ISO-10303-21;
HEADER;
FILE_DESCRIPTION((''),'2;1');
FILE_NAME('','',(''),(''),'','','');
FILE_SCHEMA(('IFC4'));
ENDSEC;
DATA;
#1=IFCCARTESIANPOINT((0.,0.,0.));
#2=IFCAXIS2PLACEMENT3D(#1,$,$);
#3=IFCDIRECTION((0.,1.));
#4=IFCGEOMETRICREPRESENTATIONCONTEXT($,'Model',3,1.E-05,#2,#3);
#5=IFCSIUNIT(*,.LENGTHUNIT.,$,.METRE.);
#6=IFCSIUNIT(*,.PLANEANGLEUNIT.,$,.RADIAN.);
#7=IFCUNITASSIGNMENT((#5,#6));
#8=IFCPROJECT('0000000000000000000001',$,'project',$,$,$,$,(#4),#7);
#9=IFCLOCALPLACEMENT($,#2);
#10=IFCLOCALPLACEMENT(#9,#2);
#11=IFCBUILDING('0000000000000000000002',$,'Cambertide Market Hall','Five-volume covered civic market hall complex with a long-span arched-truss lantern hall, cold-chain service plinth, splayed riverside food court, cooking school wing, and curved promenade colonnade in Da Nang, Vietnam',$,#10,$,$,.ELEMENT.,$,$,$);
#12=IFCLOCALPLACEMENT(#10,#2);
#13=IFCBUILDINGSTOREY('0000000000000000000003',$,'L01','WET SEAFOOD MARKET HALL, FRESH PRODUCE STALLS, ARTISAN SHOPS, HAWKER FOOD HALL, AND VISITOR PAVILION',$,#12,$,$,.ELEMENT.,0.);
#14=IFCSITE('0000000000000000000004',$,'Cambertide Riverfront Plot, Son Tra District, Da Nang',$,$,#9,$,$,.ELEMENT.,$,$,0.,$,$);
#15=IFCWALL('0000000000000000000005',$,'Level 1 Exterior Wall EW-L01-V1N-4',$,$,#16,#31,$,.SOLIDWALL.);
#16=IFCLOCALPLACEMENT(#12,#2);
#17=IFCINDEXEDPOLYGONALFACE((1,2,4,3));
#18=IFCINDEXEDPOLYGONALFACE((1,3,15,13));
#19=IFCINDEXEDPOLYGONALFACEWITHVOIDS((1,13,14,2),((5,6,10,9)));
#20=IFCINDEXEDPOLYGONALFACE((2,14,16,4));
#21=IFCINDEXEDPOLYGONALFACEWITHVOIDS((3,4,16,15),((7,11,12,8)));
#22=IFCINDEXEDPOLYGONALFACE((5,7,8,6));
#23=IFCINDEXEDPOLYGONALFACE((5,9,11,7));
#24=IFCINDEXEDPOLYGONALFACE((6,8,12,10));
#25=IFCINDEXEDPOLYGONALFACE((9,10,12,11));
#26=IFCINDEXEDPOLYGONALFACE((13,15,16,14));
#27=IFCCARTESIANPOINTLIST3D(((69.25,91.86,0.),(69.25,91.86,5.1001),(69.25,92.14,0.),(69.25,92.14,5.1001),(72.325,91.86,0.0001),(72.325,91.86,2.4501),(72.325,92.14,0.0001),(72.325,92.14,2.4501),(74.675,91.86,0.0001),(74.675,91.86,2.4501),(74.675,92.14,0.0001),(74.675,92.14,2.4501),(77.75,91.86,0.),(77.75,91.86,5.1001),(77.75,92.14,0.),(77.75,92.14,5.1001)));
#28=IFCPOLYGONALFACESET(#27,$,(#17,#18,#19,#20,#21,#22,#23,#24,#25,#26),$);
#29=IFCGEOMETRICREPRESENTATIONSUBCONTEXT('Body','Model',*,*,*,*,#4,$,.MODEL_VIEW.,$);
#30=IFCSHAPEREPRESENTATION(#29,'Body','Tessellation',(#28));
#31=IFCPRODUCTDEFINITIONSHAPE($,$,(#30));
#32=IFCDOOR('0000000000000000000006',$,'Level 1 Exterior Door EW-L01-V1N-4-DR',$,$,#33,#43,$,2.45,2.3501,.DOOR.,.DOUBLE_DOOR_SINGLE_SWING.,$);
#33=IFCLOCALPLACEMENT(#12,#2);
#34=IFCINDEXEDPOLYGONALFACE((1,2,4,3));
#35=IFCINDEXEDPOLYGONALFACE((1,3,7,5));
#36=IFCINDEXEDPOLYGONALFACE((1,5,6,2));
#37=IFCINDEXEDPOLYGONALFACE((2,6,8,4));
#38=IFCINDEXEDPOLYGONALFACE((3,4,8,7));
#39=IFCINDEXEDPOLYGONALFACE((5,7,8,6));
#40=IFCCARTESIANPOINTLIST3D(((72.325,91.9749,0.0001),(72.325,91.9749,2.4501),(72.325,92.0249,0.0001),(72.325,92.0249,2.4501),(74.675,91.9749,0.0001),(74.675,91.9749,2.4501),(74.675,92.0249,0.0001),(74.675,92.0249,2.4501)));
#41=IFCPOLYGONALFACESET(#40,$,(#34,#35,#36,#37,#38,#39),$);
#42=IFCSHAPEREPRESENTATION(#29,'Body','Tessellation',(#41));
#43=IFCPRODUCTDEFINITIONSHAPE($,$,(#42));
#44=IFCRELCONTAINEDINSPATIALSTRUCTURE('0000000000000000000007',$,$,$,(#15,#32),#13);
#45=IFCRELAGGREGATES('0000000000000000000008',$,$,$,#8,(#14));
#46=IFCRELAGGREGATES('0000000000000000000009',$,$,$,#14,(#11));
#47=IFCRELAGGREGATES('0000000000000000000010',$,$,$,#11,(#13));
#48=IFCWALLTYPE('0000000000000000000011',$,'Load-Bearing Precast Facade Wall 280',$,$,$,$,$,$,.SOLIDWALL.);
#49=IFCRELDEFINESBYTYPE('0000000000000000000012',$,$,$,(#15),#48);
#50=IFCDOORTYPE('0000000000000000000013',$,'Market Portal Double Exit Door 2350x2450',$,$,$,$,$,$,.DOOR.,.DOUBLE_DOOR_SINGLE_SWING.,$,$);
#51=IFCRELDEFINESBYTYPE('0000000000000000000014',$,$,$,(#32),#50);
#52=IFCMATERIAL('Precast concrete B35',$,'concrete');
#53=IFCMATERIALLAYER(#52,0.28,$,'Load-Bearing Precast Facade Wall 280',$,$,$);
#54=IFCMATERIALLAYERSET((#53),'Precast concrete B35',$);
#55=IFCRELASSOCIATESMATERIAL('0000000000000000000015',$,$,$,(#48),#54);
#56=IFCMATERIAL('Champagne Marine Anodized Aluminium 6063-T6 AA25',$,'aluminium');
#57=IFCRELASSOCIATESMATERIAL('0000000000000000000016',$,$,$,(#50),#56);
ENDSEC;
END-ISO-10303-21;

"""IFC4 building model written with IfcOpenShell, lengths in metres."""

from ifc_helpers import new_model, si_unit, direction, frame, frame_2d, origin, place, context, subcontext, project, spatial, rectangle, extrude, material, layer, layer_set, type_object, element, fill, save


model = new_model("IFC4")

# Units and contexts
model_context = context("Model", 3, precision=1e-05, world=origin(), true_north=direction((0.0, 1.0)))
body_context = subcontext(model_context, "Body", "Model", "MODEL_VIEW")
ifc_project = project(units=[si_unit("LENGTHUNIT", "METRE"), si_unit("PLANEANGLEUNIT", "RADIAN")], contexts=[model_context])

# Site, building, storey
site_placement = place(None, origin())
site = spatial("IfcSite", under=ifc_project, at=site_placement, Name="Cambertide Riverfront Plot, Son Tra District, Da Nang", CompositionType="ELEMENT", RefElevation=0.0)
building_placement = place(site_placement, origin())
building = spatial("IfcBuilding", under=site, at=building_placement, Name="Cambertide Market Hall", Description="Five-volume covered civic market hall complex with a long-span arched-truss lantern hall, cold-chain service plinth, splayed riverside food court, cooking school wing, and curved promenade colonnade in Da Nang, Vietnam", CompositionType="ELEMENT")
storey_placement = place(building_placement, origin())
storey = spatial("IfcBuildingStorey", under=building, at=storey_placement, Name="L01", Description="WET SEAFOOD MARKET HALL, FRESH PRODUCE STALLS, ARTISAN SHOPS, HAWKER FOOD HALL, AND VISITOR PAVILION", CompositionType="ELEMENT", Elevation=0.0)

# Wall, opening, door
ifc_material_1 = material(Name="Precast concrete B35", Category="concrete")
ifc_layer_1 = layer(ifc_material_1, 0.28, Name="Load-Bearing Precast Facade Wall 280")
ifc_layer_set_1 = layer_set([ifc_layer_1], Name="Precast concrete B35")
wall_type = type_object("IfcWallType", Name="Load-Bearing Precast Facade Wall 280", PredefinedType="SOLIDWALL", material=ifc_layer_set_1)
wall_placement = place(storey_placement, frame((69.25, 92.0, 0.0), z_axis=(0.0, 0.0, 1.0), x_axis=(1.0, 0.0, 0.0)))
wall = element("IfcWall", 1, at=wall_placement, inside=storey, type_object=wall_type, Name="Level 1 Exterior Wall EW-L01-V1N-4", PredefinedType="SOLIDWALL", context=body_context, shape_type="SweptSolid", body=[
    extrude(rectangle(XDim=8.5, YDim=0.28, at=frame_2d((4.25, 0.0))), origin(), (0.0, 0.0, 1.0), 5.1001),
])
opening_placement = place(wall_placement, frame((3.075, 0.0, 0.0)))
opening = element("IfcOpeningElement", 2, at=opening_placement, cuts=wall, PredefinedType="OPENING", context=body_context, shape_type="SweptSolid", body=[
    extrude(rectangle(XDim=2.3501, YDim=2.45, at=frame_2d((1.175, 1.2251))), frame((0.0, 0.1499, 0.0), z_axis=(0.0, -1.0, 0.0), x_axis=(1.0, 0.0, 0.0)), (0.0, 0.0, 1.0), 0.3),
])
ifc_material_2 = material(Name="Champagne Marine Anodized Aluminium 6063-T6 AA25", Category="aluminium")
door_type = type_object("IfcDoorType", Name="Market Portal Double Exit Door 2350x2450", OperationType="DOUBLE_DOOR_SINGLE_SWING", PredefinedType="DOOR", material=ifc_material_2)
door_placement = place(opening_placement, origin())
door = element("IfcDoor", 3, at=door_placement, inside=storey, type_object=door_type, Name="Level 1 Exterior Door EW-L01-V1N-4-DR", OperationType="DOUBLE_DOOR_SINGLE_SWING", OverallHeight=2.45, OverallWidth=2.3501, PredefinedType="DOOR", context=body_context, shape_type="SweptSolid", body=[
    extrude(rectangle(XDim=2.3501, YDim=2.45, at=frame_2d((1.175, 1.2251))), frame((0.0, 0.0249, 0.0), z_axis=(0.0, -1.0, 0.0), x_axis=(1.0, 0.0, 0.0)), (0.0, 0.0, 1.0), 0.05),
])
fill(opening, door)

save(model, "model.ifc")
